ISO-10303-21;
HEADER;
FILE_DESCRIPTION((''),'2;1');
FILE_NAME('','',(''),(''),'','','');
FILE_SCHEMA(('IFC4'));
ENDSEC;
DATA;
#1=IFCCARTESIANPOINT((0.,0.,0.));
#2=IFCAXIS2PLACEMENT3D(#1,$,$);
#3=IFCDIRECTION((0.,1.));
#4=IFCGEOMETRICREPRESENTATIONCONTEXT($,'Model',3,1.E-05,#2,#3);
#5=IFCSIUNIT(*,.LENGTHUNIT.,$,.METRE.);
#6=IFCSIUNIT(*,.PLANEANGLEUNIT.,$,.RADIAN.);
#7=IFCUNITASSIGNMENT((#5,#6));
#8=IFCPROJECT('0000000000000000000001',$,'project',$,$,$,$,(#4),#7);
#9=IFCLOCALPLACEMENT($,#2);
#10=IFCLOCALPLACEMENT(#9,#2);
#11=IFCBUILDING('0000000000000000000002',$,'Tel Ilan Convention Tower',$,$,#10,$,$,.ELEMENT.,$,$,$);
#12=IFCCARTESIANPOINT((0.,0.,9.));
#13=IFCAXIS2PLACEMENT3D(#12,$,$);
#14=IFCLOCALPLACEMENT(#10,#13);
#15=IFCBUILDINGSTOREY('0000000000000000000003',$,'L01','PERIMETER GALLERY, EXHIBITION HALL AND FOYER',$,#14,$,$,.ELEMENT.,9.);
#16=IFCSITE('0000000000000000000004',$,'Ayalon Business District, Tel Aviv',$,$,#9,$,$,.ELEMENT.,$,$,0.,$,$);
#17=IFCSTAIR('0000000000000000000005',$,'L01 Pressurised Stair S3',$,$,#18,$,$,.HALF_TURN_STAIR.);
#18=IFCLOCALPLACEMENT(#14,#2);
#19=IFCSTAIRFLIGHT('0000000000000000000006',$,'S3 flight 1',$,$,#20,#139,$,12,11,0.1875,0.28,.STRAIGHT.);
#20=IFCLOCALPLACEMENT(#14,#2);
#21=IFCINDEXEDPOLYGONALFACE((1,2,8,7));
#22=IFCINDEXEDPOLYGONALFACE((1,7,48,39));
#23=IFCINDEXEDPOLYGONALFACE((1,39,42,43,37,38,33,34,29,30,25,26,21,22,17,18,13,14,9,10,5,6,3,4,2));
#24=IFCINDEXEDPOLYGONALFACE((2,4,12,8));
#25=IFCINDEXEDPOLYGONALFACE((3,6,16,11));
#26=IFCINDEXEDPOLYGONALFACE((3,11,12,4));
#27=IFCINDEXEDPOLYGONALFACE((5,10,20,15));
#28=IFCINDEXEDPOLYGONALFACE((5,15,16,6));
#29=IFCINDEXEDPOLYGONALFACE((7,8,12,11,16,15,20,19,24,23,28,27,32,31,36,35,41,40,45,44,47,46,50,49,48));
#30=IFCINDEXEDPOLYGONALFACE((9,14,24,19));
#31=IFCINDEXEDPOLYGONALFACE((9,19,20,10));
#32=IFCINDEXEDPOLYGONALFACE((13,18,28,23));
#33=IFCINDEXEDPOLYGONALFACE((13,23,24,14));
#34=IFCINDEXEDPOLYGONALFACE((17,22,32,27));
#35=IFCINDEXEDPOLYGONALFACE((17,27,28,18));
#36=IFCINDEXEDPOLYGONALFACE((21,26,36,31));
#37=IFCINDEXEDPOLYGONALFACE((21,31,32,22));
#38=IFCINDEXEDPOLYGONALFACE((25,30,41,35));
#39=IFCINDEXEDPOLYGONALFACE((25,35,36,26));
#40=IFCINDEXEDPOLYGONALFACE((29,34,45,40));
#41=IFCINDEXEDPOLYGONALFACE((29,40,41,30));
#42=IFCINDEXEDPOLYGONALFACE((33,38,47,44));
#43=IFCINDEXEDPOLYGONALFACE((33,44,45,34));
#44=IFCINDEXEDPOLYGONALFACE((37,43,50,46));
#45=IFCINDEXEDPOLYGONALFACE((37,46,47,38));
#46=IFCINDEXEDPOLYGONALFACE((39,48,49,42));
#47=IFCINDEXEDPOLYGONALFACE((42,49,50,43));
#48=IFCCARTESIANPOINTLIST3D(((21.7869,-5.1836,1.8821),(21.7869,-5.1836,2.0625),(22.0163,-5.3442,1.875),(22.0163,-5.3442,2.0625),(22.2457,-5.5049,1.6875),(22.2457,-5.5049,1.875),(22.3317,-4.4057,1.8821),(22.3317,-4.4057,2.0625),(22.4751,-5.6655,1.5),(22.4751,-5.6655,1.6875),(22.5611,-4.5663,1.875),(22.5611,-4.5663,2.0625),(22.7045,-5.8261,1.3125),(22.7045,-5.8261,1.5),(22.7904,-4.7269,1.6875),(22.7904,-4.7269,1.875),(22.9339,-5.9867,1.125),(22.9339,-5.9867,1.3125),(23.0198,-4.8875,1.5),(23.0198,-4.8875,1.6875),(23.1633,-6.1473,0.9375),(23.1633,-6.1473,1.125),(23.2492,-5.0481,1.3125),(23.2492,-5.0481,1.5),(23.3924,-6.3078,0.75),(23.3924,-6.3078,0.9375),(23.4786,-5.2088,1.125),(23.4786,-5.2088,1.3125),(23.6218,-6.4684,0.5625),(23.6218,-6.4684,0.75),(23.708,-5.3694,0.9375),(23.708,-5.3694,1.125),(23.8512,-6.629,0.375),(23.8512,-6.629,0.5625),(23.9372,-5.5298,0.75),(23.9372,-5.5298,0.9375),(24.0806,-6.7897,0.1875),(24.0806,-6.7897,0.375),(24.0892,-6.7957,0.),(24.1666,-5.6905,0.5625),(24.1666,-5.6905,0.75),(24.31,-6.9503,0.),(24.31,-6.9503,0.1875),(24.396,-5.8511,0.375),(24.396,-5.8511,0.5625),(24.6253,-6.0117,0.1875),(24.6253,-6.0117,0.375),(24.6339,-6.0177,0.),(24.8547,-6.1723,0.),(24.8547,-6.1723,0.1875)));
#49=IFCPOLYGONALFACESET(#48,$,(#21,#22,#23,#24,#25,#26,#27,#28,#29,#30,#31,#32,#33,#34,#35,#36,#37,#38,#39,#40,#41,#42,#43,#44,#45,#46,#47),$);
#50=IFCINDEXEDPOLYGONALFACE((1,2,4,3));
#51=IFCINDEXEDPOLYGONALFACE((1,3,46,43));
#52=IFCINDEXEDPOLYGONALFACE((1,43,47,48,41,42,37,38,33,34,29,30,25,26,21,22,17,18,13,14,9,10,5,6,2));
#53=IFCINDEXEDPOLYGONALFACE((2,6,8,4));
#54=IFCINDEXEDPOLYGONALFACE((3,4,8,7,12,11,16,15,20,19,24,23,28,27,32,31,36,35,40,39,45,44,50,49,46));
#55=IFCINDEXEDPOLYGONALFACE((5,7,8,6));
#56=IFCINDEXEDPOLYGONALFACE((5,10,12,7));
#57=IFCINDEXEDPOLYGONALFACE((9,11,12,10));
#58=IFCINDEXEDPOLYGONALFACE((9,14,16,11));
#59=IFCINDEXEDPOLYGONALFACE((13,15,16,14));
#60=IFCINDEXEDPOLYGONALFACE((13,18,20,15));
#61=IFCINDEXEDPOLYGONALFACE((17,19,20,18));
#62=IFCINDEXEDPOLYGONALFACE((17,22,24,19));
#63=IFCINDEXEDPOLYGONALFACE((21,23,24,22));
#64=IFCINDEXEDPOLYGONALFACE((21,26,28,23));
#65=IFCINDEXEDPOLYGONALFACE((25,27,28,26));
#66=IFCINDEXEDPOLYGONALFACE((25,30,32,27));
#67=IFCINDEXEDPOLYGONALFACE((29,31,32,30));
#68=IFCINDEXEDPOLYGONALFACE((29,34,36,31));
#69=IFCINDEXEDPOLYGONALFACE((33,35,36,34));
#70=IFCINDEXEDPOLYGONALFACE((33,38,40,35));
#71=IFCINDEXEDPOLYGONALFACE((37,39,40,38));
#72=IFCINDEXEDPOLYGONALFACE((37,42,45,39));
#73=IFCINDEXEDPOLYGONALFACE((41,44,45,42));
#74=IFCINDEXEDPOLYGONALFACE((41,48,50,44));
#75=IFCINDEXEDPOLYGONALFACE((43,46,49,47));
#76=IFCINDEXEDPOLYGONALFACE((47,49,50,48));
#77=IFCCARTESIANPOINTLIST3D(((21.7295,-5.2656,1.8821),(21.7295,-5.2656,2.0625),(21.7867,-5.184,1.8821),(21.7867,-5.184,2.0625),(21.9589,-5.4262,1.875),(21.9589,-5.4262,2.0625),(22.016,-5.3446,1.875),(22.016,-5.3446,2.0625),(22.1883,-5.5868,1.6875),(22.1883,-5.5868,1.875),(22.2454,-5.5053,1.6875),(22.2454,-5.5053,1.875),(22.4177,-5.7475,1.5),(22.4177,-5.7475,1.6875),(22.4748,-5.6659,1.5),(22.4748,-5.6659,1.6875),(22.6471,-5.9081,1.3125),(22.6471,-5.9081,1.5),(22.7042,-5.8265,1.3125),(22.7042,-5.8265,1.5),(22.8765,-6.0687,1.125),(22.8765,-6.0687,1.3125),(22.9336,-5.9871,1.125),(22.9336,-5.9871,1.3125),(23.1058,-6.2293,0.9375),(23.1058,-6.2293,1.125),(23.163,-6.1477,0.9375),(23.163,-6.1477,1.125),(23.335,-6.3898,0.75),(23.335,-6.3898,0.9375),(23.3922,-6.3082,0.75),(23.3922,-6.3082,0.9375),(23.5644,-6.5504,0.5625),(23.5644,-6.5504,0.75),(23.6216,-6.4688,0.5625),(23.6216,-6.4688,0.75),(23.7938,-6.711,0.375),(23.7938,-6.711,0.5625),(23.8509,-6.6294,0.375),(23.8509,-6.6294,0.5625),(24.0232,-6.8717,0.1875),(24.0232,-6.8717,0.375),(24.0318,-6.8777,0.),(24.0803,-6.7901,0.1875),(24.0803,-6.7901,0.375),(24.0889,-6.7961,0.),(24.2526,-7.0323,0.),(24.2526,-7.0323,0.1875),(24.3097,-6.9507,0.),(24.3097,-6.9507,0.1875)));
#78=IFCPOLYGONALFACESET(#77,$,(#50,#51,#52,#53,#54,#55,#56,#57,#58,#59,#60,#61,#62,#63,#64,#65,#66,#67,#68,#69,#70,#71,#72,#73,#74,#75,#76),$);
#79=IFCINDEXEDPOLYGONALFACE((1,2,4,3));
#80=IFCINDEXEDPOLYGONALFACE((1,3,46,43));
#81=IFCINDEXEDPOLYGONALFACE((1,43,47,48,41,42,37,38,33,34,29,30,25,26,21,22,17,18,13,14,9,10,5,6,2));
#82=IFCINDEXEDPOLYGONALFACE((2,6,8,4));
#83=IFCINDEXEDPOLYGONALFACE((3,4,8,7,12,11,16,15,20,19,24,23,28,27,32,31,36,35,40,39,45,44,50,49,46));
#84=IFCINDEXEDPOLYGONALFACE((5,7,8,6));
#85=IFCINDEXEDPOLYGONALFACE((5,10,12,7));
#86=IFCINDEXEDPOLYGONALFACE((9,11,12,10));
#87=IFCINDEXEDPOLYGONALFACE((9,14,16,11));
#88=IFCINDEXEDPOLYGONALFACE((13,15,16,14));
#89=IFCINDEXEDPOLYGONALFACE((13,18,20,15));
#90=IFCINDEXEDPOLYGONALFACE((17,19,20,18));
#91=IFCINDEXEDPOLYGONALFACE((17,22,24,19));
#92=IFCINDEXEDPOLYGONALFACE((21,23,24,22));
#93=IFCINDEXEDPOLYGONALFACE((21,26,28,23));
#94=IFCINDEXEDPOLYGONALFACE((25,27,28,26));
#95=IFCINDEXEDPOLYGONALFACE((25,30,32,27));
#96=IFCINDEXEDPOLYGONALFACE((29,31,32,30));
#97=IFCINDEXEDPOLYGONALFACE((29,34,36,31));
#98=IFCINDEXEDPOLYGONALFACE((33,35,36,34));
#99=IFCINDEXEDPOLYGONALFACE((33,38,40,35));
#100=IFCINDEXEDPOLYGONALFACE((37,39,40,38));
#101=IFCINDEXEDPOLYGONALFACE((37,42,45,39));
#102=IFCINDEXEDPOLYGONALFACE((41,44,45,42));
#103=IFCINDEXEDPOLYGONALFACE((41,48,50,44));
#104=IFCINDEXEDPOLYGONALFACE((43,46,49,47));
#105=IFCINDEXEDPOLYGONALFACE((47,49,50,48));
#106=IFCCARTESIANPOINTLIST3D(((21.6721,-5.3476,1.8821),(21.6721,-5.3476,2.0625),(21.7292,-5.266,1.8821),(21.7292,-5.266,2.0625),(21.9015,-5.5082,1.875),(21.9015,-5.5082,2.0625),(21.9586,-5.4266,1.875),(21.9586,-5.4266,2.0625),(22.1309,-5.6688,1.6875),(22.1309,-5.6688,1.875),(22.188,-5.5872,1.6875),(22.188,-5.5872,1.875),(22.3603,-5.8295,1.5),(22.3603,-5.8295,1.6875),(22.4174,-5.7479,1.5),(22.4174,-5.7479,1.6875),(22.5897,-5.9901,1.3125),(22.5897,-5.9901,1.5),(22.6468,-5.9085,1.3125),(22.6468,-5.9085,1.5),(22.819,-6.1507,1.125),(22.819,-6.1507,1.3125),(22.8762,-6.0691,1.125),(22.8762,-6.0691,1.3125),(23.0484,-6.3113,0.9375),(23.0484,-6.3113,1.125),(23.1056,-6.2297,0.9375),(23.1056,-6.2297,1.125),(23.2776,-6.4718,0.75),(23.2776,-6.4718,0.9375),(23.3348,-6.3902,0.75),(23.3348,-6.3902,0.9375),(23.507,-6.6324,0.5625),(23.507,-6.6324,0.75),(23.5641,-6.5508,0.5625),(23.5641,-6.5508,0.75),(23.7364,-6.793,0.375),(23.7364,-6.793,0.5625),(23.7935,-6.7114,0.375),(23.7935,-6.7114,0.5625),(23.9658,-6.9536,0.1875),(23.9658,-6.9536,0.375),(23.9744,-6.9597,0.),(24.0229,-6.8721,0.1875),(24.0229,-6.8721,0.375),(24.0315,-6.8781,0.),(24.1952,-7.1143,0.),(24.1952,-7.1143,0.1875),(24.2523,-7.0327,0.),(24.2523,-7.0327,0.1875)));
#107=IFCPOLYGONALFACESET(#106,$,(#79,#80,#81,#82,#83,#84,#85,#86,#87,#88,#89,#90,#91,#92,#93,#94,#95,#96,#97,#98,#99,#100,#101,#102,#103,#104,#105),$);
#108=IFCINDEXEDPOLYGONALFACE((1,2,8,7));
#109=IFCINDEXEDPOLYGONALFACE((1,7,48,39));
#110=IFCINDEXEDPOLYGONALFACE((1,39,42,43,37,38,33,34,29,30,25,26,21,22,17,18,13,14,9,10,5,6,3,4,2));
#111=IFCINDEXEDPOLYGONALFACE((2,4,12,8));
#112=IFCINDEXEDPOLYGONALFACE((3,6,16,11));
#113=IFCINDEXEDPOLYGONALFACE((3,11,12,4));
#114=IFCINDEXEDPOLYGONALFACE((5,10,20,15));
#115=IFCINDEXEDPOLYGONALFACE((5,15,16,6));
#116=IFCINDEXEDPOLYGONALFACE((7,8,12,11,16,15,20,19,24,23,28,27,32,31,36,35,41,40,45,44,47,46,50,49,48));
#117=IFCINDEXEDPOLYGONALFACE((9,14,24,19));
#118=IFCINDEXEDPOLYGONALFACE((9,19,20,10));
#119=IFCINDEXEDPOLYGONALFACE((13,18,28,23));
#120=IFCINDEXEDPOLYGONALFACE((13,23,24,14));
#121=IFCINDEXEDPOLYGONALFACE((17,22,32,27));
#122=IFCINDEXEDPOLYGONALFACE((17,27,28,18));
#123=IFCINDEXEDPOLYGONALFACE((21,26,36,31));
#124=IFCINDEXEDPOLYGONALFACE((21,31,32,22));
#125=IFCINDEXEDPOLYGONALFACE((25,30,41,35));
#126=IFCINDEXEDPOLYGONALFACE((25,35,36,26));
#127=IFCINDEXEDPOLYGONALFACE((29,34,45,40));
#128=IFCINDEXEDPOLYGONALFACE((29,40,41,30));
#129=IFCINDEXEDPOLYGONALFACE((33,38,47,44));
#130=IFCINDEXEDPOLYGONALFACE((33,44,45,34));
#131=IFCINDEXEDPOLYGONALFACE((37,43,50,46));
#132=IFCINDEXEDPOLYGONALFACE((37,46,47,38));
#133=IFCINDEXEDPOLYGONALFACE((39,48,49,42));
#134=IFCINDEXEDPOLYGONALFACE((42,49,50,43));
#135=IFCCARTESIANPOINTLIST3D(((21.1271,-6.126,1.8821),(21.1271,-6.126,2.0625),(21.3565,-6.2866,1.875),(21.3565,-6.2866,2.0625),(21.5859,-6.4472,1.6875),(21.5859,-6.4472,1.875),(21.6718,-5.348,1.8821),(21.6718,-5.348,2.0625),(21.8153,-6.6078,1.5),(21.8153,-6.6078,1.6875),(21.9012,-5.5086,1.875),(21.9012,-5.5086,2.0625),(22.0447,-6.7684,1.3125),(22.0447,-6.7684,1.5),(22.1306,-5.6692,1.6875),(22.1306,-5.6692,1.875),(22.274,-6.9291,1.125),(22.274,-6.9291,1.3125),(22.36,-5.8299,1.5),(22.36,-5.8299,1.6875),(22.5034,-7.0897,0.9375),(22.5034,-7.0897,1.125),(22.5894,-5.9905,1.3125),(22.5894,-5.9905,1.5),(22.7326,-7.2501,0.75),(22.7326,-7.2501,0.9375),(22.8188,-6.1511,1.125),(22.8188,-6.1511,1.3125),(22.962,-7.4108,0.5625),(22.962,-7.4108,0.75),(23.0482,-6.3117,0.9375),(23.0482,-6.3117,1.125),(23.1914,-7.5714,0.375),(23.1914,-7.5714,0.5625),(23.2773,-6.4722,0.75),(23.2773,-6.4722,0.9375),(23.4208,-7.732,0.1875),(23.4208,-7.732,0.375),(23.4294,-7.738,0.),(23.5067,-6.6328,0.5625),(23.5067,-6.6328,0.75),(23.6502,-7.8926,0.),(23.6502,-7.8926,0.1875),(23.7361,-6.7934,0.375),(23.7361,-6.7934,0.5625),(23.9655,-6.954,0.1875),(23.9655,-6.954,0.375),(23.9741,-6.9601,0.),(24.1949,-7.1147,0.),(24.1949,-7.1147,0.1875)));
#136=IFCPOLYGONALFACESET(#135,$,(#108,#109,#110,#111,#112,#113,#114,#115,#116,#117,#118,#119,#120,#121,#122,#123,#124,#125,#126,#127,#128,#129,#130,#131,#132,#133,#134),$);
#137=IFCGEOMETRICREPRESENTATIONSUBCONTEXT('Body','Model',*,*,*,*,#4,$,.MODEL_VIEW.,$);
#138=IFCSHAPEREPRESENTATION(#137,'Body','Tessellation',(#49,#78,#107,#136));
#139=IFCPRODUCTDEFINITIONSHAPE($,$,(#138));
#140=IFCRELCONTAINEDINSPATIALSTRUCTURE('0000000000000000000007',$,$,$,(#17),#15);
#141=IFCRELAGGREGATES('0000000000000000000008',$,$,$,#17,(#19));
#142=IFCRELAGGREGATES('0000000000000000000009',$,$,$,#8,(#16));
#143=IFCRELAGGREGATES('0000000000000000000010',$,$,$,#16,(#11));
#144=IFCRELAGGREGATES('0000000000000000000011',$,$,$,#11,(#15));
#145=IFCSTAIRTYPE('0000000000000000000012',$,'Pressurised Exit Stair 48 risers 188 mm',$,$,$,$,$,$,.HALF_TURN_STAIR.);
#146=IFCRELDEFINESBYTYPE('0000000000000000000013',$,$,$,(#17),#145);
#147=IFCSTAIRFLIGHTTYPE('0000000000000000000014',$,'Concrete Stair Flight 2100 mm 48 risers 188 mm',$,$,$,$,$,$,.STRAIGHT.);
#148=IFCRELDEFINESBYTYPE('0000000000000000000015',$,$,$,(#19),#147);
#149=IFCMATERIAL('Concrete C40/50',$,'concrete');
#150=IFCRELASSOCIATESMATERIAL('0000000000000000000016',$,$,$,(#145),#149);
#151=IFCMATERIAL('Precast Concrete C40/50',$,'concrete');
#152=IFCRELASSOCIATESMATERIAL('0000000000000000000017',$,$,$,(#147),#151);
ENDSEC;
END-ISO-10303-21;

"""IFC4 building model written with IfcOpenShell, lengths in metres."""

from ifc_helpers import new_model, si_unit, direction, frame, origin, place, context, subcontext, project, spatial, polyline, outline, extrude, material, type_object, element, aggregate, save


model = new_model("IFC4")

# Units and contexts
model_context = context("Model", 3, precision=1e-05, world=origin(), true_north=direction((0.0, 1.0)))
body_context = subcontext(model_context, "Body", "Model", "MODEL_VIEW")
ifc_project = project(units=[si_unit("LENGTHUNIT", "METRE"), si_unit("PLANEANGLEUNIT", "RADIAN")], contexts=[model_context])

# Site, building, storey
site_placement = place(None, origin())
site = spatial("IfcSite", under=ifc_project, at=site_placement, Name="Ayalon Business District, Tel Aviv", CompositionType="ELEMENT", RefElevation=0.0)
building_placement = place(site_placement, origin())
building = spatial("IfcBuilding", under=site, at=building_placement, Name="Tel Ilan Convention Tower", CompositionType="ELEMENT")
storey_placement = place(building_placement, frame((0.0, 0.0, 9.0)))
storey = spatial("IfcBuildingStorey", under=building, at=storey_placement, Name="L01", Description="PERIMETER GALLERY, EXHIBITION HALL AND FOYER", CompositionType="ELEMENT", Elevation=9.0)

# Stair, stair flight
ifc_material_1 = material(Name="Concrete C40/50", Category="concrete")
stair_type = type_object("IfcStairType", Name="Pressurised Exit Stair 48 risers 188 mm", PredefinedType="HALF_TURN_STAIR", material=ifc_material_1)
stair_placement = place(storey_placement, origin())
stair = element("IfcStair", 1, at=stair_placement, inside=storey, type_object=stair_type, Name="L01 Pressurised Stair S3", PredefinedType="HALF_TURN_STAIR")
ifc_material_2 = material(Name="Precast Concrete C40/50", Category="concrete")
stair_flight_type = type_object("IfcStairFlightType", Name="Concrete Stair Flight 2100 mm 48 risers 188 mm", PredefinedType="STRAIGHT", material=ifc_material_2)
stair_flight_1_placement = place(storey_placement, frame((24.2524, -7.0325, 0.0), z_axis=(0.0, 0.0, 1.0), x_axis=(-0.819152, 0.573576, 0.0)))
stair_flight_1 = element("IfcStairFlight", 2, at=stair_flight_1_placement, type_object=stair_flight_type, Name="S3 flight 1", NumberOfRisers=12, NumberOfTreads=11, PredefinedType="STRAIGHT", RiserHeight=0.1875, TreadLength=0.28, context=body_context, shape_type="SweptSolid", body=[
    extrude(outline(polyline([(0.0, 0.0), (0.0, 0.1875), (0.28, 0.1875), (0.28, 0.375), (0.5601, 0.375), (0.5601, 0.5625), (0.8401, 0.5625), (0.8401, 0.75), (1.1201, 0.75), (1.1201, 0.9375), (1.3999, 0.9375), (1.3999, 1.125), (1.6799, 1.125), (1.6799, 1.3125), (1.96, 1.3125), (1.96, 1.5), (2.24, 1.5), (2.24, 1.6875), (2.52, 1.6875), (2.52, 1.875), (2.8, 1.875), (2.8, 2.0625), (3.0801, 2.0625), (3.0801, 2.25), (3.0801, 1.8821), (0.2695, 0.0), (0.0, 0.0)])), frame((0.0, -0.1003, 0.0), z_axis=(0.0, -1.0, 0.0), x_axis=(1.0, 0.0, 0.0)), (0.0, 0.0, 1.0), 0.9497),
    extrude(outline(polyline([(0.0, 0.0), (0.0, 0.1875), (0.28, 0.1875), (0.28, 0.375), (0.5601, 0.375), (0.5601, 0.5625), (0.8401, 0.5625), (0.8401, 0.75), (1.1201, 0.75), (1.1201, 0.9375), (1.3999, 0.9375), (1.3999, 1.125), (1.6799, 1.125), (1.6799, 1.3125), (1.96, 1.3125), (1.96, 1.5), (2.24, 1.5), (2.24, 1.6875), (2.52, 1.6875), (2.52, 1.875), (2.8, 1.875), (2.8, 2.0625), (3.0801, 2.0625), (3.0801, 2.25), (3.0801, 1.8821), (0.2695, 0.0), (0.0, 0.0)])), frame((0.0, -0.0002, 0.0), z_axis=(0.0, -1.0, 0.0), x_axis=(1.0, 0.0, 0.0)), (0.0, 0.0, 1.0), 0.0996),
    extrude(outline(polyline([(0.0, 0.0), (0.0, 0.1875), (0.28, 0.1875), (0.28, 0.375), (0.5601, 0.375), (0.5601, 0.5625), (0.8401, 0.5625), (0.8401, 0.75), (1.1201, 0.75), (1.1201, 0.9375), (1.3999, 0.9375), (1.3999, 1.125), (1.6799, 1.125), (1.6799, 1.3125), (1.96, 1.3125), (1.96, 1.5), (2.24, 1.5), (2.24, 1.6875), (2.52, 1.6875), (2.52, 1.875), (2.8, 1.875), (2.8, 2.0625), (3.0801, 2.0625), (3.0801, 2.25), (3.0801, 1.8821), (0.2695, 0.0), (0.0, 0.0)])), frame((0.0, 0.0999, 0.0), z_axis=(0.0, -1.0, 0.0), x_axis=(1.0, 0.0, 0.0)), (0.0, 0.0, 1.0), 0.0996),
    extrude(outline(polyline([(0.0, 0.0), (0.0, 0.1875), (0.28, 0.1875), (0.28, 0.375), (0.5601, 0.375), (0.5601, 0.5625), (0.8401, 0.5625), (0.8401, 0.75), (1.1201, 0.75), (1.1201, 0.9375), (1.3999, 0.9375), (1.3999, 1.125), (1.6799, 1.125), (1.6799, 1.3125), (1.96, 1.3125), (1.96, 1.5), (2.24, 1.5), (2.24, 1.6875), (2.52, 1.6875), (2.52, 1.875), (2.8, 1.875), (2.8, 2.0625), (3.0801, 2.0625), (3.0801, 2.25), (3.0801, 1.8821), (0.2695, 0.0), (0.0, 0.0)])), frame((0.0, 1.05, 0.0), z_axis=(0.0, -1.0, 0.0), x_axis=(1.0, 0.0, 0.0)), (0.0, 0.0, 1.0), 0.9497),
])
aggregate(stair, [stair_flight_1])

save(model, "model.ifc")
